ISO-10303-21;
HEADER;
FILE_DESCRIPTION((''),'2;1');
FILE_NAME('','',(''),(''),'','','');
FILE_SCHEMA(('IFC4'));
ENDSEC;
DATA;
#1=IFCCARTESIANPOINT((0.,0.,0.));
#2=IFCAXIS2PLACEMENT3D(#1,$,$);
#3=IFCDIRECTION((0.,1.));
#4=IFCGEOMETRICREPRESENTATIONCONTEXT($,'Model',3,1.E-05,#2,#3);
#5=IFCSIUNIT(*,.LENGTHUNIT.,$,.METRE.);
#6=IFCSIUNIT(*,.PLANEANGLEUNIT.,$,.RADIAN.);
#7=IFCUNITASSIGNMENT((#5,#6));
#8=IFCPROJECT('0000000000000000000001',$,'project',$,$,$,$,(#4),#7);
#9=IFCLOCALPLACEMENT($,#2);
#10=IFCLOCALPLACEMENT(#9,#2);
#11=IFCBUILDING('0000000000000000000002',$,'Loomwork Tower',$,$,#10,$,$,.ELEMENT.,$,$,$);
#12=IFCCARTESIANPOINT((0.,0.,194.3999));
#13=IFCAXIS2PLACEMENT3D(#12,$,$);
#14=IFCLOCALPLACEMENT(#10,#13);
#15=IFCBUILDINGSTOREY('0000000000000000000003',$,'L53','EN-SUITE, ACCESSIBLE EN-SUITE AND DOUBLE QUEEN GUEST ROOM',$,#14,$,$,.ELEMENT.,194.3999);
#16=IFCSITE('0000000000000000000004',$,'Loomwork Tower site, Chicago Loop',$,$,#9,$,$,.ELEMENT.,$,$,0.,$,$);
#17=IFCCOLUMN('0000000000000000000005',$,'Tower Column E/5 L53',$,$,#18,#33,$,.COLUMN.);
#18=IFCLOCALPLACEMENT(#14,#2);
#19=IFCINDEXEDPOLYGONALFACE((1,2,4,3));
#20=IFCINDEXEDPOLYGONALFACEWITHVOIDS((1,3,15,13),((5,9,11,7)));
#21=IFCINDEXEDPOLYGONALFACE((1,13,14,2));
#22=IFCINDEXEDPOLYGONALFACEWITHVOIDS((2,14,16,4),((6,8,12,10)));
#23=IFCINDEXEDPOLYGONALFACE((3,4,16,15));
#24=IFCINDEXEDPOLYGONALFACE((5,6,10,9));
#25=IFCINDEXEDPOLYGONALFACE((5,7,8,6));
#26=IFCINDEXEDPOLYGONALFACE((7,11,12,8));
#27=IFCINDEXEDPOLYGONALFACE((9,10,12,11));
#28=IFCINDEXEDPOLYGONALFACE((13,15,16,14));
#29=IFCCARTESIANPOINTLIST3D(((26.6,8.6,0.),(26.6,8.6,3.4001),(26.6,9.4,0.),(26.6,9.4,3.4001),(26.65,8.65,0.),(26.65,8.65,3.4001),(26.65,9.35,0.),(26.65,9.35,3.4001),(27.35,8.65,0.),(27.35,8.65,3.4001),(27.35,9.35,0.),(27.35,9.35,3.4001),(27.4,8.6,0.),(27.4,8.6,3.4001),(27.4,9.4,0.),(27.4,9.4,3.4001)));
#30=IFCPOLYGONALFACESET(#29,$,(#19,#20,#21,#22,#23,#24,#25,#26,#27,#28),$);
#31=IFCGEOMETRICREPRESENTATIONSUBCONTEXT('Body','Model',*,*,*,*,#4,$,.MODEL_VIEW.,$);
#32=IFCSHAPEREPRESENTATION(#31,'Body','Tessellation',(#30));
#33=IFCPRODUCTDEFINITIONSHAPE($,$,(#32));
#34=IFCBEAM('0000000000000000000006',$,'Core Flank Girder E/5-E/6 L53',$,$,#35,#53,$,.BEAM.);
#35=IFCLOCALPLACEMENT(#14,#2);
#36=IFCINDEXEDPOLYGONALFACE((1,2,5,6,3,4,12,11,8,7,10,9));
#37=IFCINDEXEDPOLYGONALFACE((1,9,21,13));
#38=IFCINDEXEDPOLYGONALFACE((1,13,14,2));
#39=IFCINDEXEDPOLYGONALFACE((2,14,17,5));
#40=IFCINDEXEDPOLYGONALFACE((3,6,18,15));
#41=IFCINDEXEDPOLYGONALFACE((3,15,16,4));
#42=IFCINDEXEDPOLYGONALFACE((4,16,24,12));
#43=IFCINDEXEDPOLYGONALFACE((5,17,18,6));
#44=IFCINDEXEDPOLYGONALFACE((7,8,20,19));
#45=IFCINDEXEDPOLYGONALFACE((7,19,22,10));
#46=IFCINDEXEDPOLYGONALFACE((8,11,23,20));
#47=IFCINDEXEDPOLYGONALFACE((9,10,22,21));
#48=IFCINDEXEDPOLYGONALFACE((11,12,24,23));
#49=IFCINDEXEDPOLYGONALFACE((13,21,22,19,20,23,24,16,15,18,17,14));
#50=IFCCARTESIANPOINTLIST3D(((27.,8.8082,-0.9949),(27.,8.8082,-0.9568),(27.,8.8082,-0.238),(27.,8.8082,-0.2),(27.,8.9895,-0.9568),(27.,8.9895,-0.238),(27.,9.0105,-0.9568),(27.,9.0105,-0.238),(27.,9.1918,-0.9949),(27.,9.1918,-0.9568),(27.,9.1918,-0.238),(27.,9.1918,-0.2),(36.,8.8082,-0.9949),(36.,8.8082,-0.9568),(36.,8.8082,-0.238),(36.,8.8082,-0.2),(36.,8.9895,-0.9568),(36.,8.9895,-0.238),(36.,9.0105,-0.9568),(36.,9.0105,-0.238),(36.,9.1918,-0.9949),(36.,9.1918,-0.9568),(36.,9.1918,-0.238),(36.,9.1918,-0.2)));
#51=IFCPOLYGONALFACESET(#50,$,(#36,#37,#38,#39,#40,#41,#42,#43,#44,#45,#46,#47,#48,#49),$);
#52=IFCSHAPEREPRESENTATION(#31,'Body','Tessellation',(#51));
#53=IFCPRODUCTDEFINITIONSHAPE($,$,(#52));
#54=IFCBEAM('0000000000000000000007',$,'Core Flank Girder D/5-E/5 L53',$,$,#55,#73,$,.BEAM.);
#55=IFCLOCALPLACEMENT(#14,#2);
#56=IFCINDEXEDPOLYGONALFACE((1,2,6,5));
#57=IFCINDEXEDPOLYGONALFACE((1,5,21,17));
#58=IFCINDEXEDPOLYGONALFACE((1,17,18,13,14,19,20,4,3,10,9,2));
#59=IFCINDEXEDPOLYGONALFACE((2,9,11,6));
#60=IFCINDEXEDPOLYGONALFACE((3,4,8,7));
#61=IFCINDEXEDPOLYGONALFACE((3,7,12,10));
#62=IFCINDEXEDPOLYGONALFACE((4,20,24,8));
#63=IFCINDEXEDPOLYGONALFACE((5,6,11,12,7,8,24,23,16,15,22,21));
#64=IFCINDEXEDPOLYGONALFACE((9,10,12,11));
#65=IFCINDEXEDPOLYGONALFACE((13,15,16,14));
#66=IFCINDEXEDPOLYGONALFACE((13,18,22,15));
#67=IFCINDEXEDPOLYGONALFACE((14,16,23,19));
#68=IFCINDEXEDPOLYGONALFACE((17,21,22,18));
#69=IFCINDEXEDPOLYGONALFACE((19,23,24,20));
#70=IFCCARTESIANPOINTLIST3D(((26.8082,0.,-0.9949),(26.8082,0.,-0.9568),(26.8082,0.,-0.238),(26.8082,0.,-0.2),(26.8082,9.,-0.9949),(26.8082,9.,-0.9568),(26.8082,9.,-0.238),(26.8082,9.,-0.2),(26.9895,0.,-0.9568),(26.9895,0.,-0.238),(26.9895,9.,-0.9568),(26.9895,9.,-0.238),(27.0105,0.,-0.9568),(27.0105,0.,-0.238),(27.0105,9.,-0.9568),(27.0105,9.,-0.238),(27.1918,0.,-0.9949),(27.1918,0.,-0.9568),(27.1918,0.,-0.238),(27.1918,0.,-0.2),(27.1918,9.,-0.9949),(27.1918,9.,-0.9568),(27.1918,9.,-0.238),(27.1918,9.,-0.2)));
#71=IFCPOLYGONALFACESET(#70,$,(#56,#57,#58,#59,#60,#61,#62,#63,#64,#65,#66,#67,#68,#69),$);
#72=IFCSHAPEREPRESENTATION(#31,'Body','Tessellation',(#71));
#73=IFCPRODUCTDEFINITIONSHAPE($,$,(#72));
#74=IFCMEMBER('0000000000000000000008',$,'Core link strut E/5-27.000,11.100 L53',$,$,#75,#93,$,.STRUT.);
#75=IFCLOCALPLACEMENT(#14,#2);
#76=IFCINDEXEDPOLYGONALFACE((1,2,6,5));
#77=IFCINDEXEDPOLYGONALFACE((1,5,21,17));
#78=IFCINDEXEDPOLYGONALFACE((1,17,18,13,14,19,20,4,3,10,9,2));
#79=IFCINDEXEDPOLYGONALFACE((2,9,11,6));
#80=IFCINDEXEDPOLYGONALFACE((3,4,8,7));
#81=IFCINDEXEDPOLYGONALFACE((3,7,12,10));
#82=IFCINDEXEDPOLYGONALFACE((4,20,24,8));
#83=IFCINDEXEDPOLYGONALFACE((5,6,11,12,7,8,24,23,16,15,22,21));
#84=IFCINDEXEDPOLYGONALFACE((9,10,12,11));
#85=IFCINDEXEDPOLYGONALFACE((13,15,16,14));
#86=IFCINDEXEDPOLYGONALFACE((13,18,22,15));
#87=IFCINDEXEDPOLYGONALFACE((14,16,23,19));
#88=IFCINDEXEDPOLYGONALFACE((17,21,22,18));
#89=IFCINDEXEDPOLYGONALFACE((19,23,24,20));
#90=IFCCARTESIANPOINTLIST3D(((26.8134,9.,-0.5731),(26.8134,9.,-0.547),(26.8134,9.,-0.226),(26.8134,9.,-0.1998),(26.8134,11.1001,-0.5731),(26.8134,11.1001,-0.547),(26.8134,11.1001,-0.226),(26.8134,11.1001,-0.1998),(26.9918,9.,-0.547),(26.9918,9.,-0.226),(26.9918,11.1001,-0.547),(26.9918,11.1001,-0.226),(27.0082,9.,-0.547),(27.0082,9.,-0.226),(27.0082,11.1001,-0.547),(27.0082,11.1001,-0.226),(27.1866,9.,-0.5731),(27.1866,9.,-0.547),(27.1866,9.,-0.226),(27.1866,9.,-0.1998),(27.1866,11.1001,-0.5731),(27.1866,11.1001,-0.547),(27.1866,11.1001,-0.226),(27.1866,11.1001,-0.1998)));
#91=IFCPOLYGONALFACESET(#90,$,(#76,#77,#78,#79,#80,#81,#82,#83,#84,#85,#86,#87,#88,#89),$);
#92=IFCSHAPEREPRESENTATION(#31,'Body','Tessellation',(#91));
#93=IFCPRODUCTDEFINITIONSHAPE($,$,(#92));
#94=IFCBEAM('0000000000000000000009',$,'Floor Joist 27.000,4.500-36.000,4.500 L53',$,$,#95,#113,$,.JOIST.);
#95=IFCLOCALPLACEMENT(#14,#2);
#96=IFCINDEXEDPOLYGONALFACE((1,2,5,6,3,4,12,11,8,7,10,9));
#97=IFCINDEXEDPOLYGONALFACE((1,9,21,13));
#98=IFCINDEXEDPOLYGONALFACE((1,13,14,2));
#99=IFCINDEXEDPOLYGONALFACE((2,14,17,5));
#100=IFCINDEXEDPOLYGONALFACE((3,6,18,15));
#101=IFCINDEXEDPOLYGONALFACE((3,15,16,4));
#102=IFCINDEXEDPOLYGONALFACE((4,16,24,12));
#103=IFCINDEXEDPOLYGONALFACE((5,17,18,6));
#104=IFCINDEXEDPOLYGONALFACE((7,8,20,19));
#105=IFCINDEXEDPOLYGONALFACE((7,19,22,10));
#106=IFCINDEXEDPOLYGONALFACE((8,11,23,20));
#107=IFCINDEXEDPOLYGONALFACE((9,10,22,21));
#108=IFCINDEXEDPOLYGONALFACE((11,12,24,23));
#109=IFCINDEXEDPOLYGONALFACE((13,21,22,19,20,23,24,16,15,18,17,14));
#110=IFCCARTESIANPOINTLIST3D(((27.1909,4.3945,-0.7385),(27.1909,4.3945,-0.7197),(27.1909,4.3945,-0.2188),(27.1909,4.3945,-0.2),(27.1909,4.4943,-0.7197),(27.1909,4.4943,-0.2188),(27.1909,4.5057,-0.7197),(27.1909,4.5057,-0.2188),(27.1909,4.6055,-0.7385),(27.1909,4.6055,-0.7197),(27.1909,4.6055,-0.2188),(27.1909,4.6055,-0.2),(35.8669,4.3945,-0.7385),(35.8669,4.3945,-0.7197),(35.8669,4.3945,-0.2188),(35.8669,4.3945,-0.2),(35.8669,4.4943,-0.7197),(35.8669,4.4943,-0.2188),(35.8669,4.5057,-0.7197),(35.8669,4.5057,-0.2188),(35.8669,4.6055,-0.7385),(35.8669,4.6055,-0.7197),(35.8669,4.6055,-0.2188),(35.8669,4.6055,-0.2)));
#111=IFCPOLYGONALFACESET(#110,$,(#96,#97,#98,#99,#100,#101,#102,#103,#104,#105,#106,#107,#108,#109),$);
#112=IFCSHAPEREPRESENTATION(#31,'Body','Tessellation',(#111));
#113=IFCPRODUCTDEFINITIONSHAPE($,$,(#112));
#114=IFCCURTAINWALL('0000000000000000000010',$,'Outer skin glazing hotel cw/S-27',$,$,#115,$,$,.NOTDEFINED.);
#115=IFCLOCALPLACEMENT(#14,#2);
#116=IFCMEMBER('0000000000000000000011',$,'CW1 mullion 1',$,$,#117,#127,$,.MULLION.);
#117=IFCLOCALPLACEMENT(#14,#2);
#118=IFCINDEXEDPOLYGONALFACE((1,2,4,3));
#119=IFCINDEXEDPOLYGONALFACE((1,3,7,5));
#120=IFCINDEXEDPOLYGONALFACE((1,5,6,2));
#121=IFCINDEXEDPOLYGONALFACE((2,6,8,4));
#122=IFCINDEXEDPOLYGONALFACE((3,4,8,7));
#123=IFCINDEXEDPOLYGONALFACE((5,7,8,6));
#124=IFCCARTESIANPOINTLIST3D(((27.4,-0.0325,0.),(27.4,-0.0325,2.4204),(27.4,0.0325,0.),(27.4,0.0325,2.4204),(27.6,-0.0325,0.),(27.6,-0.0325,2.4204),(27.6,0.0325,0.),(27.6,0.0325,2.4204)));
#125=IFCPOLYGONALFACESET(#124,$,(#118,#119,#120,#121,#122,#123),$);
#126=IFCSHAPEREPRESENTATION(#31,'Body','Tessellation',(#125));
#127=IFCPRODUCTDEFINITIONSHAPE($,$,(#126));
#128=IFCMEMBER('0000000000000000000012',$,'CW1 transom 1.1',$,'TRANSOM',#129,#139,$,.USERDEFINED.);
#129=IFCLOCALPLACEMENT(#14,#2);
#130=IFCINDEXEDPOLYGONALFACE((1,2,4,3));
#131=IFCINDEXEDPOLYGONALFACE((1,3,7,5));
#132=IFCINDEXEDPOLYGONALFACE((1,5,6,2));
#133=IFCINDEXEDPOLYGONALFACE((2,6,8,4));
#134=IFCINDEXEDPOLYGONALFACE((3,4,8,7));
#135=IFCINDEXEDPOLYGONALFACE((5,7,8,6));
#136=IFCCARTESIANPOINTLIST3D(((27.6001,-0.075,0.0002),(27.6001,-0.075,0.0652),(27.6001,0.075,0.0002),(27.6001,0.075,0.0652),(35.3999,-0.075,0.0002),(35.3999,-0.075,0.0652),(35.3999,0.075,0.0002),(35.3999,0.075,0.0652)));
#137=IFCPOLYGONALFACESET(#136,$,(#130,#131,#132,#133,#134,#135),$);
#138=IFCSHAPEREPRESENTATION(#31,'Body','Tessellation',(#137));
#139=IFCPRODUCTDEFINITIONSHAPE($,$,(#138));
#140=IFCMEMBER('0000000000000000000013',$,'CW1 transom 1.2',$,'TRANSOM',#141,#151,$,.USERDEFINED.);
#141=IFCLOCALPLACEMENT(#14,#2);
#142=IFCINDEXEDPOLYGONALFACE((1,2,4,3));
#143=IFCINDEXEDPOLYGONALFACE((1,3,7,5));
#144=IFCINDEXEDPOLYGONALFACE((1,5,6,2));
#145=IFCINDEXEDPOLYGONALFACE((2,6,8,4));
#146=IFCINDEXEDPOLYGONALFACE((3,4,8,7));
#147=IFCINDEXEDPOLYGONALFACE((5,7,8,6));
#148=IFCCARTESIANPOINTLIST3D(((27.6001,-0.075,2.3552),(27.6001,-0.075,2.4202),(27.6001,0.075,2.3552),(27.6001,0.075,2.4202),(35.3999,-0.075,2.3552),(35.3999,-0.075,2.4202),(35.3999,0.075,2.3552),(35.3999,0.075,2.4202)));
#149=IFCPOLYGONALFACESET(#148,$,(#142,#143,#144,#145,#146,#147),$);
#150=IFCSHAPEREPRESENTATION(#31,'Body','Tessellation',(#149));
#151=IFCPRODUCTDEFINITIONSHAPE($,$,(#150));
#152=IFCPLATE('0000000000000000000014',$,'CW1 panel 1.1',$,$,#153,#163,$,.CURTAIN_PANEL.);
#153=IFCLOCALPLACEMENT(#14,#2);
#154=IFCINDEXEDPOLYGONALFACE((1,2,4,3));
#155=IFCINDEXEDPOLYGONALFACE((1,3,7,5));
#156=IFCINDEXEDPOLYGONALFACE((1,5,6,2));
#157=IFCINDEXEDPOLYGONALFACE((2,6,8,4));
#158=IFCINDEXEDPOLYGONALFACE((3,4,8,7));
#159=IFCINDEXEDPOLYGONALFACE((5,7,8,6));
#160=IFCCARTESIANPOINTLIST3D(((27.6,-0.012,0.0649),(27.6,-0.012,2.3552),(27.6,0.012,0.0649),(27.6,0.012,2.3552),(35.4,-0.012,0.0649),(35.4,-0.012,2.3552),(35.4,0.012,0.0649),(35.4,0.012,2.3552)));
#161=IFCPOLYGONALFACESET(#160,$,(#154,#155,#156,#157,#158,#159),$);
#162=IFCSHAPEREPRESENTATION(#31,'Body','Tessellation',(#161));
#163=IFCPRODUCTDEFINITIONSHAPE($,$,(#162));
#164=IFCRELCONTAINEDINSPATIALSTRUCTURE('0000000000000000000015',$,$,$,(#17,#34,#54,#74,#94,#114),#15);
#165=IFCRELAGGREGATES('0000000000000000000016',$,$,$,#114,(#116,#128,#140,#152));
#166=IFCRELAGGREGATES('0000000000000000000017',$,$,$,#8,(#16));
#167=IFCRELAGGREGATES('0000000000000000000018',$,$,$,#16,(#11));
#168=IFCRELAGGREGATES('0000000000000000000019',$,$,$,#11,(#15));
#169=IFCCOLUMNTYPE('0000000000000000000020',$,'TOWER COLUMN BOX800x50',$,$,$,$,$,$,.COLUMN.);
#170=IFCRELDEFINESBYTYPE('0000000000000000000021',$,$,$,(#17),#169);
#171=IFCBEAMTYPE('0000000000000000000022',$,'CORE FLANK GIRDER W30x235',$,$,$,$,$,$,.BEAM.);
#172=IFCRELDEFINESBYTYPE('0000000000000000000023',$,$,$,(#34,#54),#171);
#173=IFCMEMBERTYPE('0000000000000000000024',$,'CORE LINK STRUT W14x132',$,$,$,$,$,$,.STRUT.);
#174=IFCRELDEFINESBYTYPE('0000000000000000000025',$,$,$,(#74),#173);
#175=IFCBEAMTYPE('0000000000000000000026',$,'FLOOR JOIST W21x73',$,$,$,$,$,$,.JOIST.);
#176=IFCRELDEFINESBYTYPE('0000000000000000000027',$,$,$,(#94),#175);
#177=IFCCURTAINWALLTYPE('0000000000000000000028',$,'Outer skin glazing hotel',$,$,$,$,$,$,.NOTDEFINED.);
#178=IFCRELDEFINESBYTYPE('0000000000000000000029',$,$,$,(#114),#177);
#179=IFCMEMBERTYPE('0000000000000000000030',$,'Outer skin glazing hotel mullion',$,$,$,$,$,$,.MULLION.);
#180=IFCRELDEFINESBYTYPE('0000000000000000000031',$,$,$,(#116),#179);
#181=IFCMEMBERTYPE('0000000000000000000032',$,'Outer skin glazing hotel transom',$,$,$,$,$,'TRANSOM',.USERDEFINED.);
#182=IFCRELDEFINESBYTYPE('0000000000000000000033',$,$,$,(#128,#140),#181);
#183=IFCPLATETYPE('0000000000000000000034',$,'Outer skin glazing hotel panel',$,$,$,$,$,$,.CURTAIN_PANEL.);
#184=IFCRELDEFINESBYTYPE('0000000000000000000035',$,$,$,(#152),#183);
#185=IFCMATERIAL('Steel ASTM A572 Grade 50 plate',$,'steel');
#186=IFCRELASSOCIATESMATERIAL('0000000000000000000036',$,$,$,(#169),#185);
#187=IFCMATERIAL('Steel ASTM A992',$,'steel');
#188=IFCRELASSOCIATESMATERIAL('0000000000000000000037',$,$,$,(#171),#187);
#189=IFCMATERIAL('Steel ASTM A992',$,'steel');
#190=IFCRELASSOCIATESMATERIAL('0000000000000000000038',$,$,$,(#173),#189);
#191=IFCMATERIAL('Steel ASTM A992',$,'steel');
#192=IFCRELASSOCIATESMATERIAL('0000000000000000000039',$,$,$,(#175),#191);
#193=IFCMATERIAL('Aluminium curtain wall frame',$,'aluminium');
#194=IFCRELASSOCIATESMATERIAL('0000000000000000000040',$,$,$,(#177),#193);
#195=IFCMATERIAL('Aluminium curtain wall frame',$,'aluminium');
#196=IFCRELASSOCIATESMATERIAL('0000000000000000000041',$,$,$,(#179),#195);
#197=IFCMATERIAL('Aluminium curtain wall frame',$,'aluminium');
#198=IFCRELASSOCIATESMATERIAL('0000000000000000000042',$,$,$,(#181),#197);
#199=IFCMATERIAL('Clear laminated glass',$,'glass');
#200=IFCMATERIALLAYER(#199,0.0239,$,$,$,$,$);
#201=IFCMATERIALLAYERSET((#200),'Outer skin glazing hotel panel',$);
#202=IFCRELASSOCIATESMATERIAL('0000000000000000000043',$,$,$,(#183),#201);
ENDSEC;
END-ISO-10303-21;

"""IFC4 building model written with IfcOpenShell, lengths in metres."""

from ifc_helpers import new_model, si_unit, direction, frame, origin, origin_2d, place, context, subcontext, project, spatial, rectangle, hollow_rectangle, i_section, extrude, material, layer, layer_set, material_profile, profile_set, type_object, element, aggregate, save


model = new_model("IFC4")

# Units and contexts
model_context = context("Model", 3, precision=1e-05, world=origin(), true_north=direction((0.0, 1.0)))
body_context = subcontext(model_context, "Body", "Model", "MODEL_VIEW")
ifc_project = project(units=[si_unit("LENGTHUNIT", "METRE"), si_unit("PLANEANGLEUNIT", "RADIAN")], contexts=[model_context])

# Site, building, storey
site_placement = place(None, origin())
site = spatial("IfcSite", under=ifc_project, at=site_placement, Name="Loomwork Tower site, Chicago Loop", CompositionType="ELEMENT", RefElevation=0.0)
building_placement = place(site_placement, origin())
building = spatial("IfcBuilding", under=site, at=building_placement, Name="Loomwork Tower", CompositionType="ELEMENT")
storey_placement = place(building_placement, frame((0.0, 0.0, 194.3999)))
storey = spatial("IfcBuildingStorey", under=building, at=storey_placement, Name="L53", Description="EN-SUITE, ACCESSIBLE EN-SUITE AND DOUBLE QUEEN GUEST ROOM", CompositionType="ELEMENT", Elevation=194.3999)

# Column
ifc_material_1 = material(Name="Steel ASTM A572 Grade 50 plate", Category="steel")
ifc_material_profile_1 = material_profile(ifc_material_1, hollow_rectangle(XDim=0.8, YDim=0.8, WallThickness=0.05, at=origin_2d()), Name="BOX800x50")
ifc_profile_set_1 = profile_set([ifc_material_profile_1], Name="Steel ASTM A572 Grade 50 plate")
column_type = type_object("IfcColumnType", Name="TOWER COLUMN BOX800x50", PredefinedType="COLUMN", material=ifc_profile_set_1)
column_placement = place(storey_placement, frame((27.0, 9.0, 0.0), z_axis=(0.0, 0.0, 1.0), x_axis=(1.0, 0.0, 0.0)))
element("IfcColumn", 1, at=column_placement, inside=storey, type_object=column_type, Name="Tower Column E/5 L53", PredefinedType="COLUMN", context=body_context, shape_type="SweptSolid", body=[
    extrude(hollow_rectangle(XDim=0.8, YDim=0.8, WallThickness=0.05, at=origin_2d()), origin(), (0.0, 0.0, 1.0), 3.4001),
])

# Beams
ifc_material_2 = material(Name="Steel ASTM A992", Category="steel")
ifc_material_profile_2 = material_profile(ifc_material_2, i_section(OverallWidth=0.3835, OverallDepth=0.7949, WebThickness=0.021, FlangeThickness=0.0381, at=origin_2d()), Name="W30x235")
ifc_profile_set_2 = profile_set([ifc_material_profile_2], Name="Steel ASTM A992")
beam_type_1 = type_object("IfcBeamType", Name="CORE FLANK GIRDER W30x235", PredefinedType="BEAM", material=ifc_profile_set_2)
for number, where, z_axis, x_axis, name in (
    (2, (27.0, 9.0, -0.5974), (1.0, 0.0, 0.0), (0.0, 1.0, 0.0), "Core Flank Girder E/5-E/6 L53"),
    (3, (27.0, 0.0, -0.5974), (0.0, 1.0, 0.0), (-1.0, 0.0, 0.0), "Core Flank Girder D/5-E/5 L53"),
):
    element("IfcBeam", number, at=place(storey_placement, frame(where, z_axis=z_axis, x_axis=x_axis)), inside=storey, type_object=beam_type_1, Name=name, PredefinedType="BEAM", context=body_context, shape_type="SweptSolid", body=[
        extrude(i_section(OverallWidth=0.3835, OverallDepth=0.7949, WebThickness=0.021, FlangeThickness=0.0381, at=origin_2d()), origin(), (0.0, 0.0, 1.0), 9.0),
    ])

# Member
ifc_material_3 = material(Name="Steel ASTM A992", Category="steel")
ifc_material_profile_3 = material_profile(ifc_material_3, i_section(OverallWidth=0.3733, OverallDepth=0.3733, WebThickness=0.0164, FlangeThickness=0.0261, at=origin_2d()), Name="W14x132")
ifc_profile_set_3 = profile_set([ifc_material_profile_3], Name="Steel ASTM A992")
member_type_1 = type_object("IfcMemberType", Name="CORE LINK STRUT W14x132", PredefinedType="STRUT", material=ifc_profile_set_3)
member_1_placement = place(storey_placement, frame((27.0, 9.0, -0.3865), z_axis=(0.0, 1.0, 0.0), x_axis=(-1.0, 0.0, 0.0)))
element("IfcMember", 4, at=member_1_placement, inside=storey, type_object=member_type_1, Name="Core link strut E/5-27.000,11.100 L53", PredefinedType="STRUT", context=body_context, shape_type="SweptSolid", body=[
    extrude(i_section(OverallWidth=0.3733, OverallDepth=0.3733, WebThickness=0.0164, FlangeThickness=0.0261, at=origin_2d()), origin(), (0.0, 0.0, 1.0), 2.1001),
])

# Beam
ifc_material_4 = material(Name="Steel ASTM A992", Category="steel")
ifc_material_profile_4 = material_profile(ifc_material_4, i_section(OverallWidth=0.2109, OverallDepth=0.5386, WebThickness=0.0115, FlangeThickness=0.0188, at=origin_2d()), Name="W21x73")
ifc_profile_set_4 = profile_set([ifc_material_profile_4], Name="Steel ASTM A992")
beam_type_2 = type_object("IfcBeamType", Name="FLOOR JOIST W21x73", PredefinedType="JOIST", material=ifc_profile_set_4)
beam_placement = place(storey_placement, frame((27.1909, 4.5, -0.4692), z_axis=(1.0, 0.0, 0.0), x_axis=(0.0, 1.0, 0.0)))
element("IfcBeam", 5, at=beam_placement, inside=storey, type_object=beam_type_2, Name="Floor Joist 27.000,4.500-36.000,4.500 L53", PredefinedType="JOIST", context=body_context, shape_type="SweptSolid", body=[
    extrude(i_section(OverallWidth=0.2109, OverallDepth=0.5386, WebThickness=0.0115, FlangeThickness=0.0188, at=origin_2d()), origin(), (0.0, 0.0, 1.0), 8.676),
])

# Curtain wall, members, plate
ifc_material_5 = material(Name="Aluminium curtain wall frame", Category="aluminium")
curtain_wall_type = type_object("IfcCurtainWallType", Name="Outer skin glazing hotel", PredefinedType="NOTDEFINED", material=ifc_material_5)
curtain_wall_placement = place(storey_placement, origin())
curtain_wall = element("IfcCurtainWall", 6, at=curtain_wall_placement, inside=storey, type_object=curtain_wall_type, Name="Outer skin glazing hotel cw/S-27", PredefinedType="NOTDEFINED")
ifc_material_6 = material(Name="Aluminium curtain wall frame", Category="aluminium")
ifc_material_profile_5 = material_profile(ifc_material_6, rectangle(XDim=0.0649, YDim=0.2, at=origin_2d()), Name="AL 65x200")
ifc_profile_set_5 = profile_set([ifc_material_profile_5], Name="Aluminium curtain wall frame")
member_type_2 = type_object("IfcMemberType", Name="Outer skin glazing hotel mullion", PredefinedType="MULLION", material=ifc_profile_set_5)
member_2_placement = place(storey_placement, frame((27.5, 0.0, 0.0), z_axis=(0.0, 0.0, 1.0), x_axis=(0.0, 1.0, 0.0)))
member_2 = element("IfcMember", 7, at=member_2_placement, type_object=member_type_2, Name="CW1 mullion 1", PredefinedType="MULLION", context=body_context, shape_type="SweptSolid", body=[
    extrude(rectangle(XDim=0.0649, YDim=0.2, at=origin_2d()), origin(), (0.0, 0.0, 1.0), 2.4204),
])
ifc_material_7 = material(Name="Aluminium curtain wall frame", Category="aluminium")
ifc_material_profile_6 = material_profile(ifc_material_7, rectangle(XDim=0.1499, YDim=0.0649, at=origin_2d()), Name="AL 65x150")
ifc_profile_set_6 = profile_set([ifc_material_profile_6], Name="Aluminium curtain wall frame")
member_type_3 = type_object("IfcMemberType", Name="Outer skin glazing hotel transom", ElementType="TRANSOM", PredefinedType="USERDEFINED", material=ifc_profile_set_6)
member_3_placement = place(storey_placement, frame((27.6001, 0.0, 0.0327), z_axis=(1.0, 0.0, 0.0), x_axis=(0.0, 1.0, 0.0)))
member_3 = element("IfcMember", 8, at=member_3_placement, type_object=member_type_3, Name="CW1 transom 1.1", ObjectType="TRANSOM", PredefinedType="USERDEFINED", context=body_context, shape_type="SweptSolid", body=[
    extrude(rectangle(XDim=0.1499, YDim=0.0649, at=origin_2d()), origin(), (0.0, 0.0, 1.0), 7.7998),
])
member_4_placement = place(storey_placement, frame((27.6001, 0.0, 2.3877), z_axis=(1.0, 0.0, 0.0), x_axis=(0.0, 1.0, 0.0)))
member_4 = element("IfcMember", 9, at=member_4_placement, type_object=member_type_3, Name="CW1 transom 1.2", ObjectType="TRANSOM", PredefinedType="USERDEFINED", context=body_context, shape_type="SweptSolid", body=[
    extrude(rectangle(XDim=0.1499, YDim=0.0649, at=origin_2d()), origin(), (0.0, 0.0, 1.0), 7.7998),
])
ifc_material_8 = material(Name="Clear laminated glass", Category="glass")
ifc_layer_1 = layer(ifc_material_8, 0.0239)
ifc_layer_set_1 = layer_set([ifc_layer_1], Name="Outer skin glazing hotel panel")
plate_type = type_object("IfcPlateType", Name="Outer skin glazing hotel panel", PredefinedType="CURTAIN_PANEL", material=ifc_layer_set_1)
plate_placement = place(storey_placement, frame((31.5, 0.0, 0.0649), z_axis=(0.0, 0.0, 1.0), x_axis=(1.0, 0.0, 0.0)))
plate = element("IfcPlate", 10, at=plate_placement, type_object=plate_type, Name="CW1 panel 1.1", PredefinedType="CURTAIN_PANEL", context=body_context, shape_type="SweptSolid", body=[
    extrude(rectangle(XDim=7.8, YDim=0.0239, at=origin_2d()), origin(), (0.0, 0.0, 1.0), 2.2903),
])
aggregate(curtain_wall, [member_2, member_3, member_4, plate])

save(model, "model.ifc")
